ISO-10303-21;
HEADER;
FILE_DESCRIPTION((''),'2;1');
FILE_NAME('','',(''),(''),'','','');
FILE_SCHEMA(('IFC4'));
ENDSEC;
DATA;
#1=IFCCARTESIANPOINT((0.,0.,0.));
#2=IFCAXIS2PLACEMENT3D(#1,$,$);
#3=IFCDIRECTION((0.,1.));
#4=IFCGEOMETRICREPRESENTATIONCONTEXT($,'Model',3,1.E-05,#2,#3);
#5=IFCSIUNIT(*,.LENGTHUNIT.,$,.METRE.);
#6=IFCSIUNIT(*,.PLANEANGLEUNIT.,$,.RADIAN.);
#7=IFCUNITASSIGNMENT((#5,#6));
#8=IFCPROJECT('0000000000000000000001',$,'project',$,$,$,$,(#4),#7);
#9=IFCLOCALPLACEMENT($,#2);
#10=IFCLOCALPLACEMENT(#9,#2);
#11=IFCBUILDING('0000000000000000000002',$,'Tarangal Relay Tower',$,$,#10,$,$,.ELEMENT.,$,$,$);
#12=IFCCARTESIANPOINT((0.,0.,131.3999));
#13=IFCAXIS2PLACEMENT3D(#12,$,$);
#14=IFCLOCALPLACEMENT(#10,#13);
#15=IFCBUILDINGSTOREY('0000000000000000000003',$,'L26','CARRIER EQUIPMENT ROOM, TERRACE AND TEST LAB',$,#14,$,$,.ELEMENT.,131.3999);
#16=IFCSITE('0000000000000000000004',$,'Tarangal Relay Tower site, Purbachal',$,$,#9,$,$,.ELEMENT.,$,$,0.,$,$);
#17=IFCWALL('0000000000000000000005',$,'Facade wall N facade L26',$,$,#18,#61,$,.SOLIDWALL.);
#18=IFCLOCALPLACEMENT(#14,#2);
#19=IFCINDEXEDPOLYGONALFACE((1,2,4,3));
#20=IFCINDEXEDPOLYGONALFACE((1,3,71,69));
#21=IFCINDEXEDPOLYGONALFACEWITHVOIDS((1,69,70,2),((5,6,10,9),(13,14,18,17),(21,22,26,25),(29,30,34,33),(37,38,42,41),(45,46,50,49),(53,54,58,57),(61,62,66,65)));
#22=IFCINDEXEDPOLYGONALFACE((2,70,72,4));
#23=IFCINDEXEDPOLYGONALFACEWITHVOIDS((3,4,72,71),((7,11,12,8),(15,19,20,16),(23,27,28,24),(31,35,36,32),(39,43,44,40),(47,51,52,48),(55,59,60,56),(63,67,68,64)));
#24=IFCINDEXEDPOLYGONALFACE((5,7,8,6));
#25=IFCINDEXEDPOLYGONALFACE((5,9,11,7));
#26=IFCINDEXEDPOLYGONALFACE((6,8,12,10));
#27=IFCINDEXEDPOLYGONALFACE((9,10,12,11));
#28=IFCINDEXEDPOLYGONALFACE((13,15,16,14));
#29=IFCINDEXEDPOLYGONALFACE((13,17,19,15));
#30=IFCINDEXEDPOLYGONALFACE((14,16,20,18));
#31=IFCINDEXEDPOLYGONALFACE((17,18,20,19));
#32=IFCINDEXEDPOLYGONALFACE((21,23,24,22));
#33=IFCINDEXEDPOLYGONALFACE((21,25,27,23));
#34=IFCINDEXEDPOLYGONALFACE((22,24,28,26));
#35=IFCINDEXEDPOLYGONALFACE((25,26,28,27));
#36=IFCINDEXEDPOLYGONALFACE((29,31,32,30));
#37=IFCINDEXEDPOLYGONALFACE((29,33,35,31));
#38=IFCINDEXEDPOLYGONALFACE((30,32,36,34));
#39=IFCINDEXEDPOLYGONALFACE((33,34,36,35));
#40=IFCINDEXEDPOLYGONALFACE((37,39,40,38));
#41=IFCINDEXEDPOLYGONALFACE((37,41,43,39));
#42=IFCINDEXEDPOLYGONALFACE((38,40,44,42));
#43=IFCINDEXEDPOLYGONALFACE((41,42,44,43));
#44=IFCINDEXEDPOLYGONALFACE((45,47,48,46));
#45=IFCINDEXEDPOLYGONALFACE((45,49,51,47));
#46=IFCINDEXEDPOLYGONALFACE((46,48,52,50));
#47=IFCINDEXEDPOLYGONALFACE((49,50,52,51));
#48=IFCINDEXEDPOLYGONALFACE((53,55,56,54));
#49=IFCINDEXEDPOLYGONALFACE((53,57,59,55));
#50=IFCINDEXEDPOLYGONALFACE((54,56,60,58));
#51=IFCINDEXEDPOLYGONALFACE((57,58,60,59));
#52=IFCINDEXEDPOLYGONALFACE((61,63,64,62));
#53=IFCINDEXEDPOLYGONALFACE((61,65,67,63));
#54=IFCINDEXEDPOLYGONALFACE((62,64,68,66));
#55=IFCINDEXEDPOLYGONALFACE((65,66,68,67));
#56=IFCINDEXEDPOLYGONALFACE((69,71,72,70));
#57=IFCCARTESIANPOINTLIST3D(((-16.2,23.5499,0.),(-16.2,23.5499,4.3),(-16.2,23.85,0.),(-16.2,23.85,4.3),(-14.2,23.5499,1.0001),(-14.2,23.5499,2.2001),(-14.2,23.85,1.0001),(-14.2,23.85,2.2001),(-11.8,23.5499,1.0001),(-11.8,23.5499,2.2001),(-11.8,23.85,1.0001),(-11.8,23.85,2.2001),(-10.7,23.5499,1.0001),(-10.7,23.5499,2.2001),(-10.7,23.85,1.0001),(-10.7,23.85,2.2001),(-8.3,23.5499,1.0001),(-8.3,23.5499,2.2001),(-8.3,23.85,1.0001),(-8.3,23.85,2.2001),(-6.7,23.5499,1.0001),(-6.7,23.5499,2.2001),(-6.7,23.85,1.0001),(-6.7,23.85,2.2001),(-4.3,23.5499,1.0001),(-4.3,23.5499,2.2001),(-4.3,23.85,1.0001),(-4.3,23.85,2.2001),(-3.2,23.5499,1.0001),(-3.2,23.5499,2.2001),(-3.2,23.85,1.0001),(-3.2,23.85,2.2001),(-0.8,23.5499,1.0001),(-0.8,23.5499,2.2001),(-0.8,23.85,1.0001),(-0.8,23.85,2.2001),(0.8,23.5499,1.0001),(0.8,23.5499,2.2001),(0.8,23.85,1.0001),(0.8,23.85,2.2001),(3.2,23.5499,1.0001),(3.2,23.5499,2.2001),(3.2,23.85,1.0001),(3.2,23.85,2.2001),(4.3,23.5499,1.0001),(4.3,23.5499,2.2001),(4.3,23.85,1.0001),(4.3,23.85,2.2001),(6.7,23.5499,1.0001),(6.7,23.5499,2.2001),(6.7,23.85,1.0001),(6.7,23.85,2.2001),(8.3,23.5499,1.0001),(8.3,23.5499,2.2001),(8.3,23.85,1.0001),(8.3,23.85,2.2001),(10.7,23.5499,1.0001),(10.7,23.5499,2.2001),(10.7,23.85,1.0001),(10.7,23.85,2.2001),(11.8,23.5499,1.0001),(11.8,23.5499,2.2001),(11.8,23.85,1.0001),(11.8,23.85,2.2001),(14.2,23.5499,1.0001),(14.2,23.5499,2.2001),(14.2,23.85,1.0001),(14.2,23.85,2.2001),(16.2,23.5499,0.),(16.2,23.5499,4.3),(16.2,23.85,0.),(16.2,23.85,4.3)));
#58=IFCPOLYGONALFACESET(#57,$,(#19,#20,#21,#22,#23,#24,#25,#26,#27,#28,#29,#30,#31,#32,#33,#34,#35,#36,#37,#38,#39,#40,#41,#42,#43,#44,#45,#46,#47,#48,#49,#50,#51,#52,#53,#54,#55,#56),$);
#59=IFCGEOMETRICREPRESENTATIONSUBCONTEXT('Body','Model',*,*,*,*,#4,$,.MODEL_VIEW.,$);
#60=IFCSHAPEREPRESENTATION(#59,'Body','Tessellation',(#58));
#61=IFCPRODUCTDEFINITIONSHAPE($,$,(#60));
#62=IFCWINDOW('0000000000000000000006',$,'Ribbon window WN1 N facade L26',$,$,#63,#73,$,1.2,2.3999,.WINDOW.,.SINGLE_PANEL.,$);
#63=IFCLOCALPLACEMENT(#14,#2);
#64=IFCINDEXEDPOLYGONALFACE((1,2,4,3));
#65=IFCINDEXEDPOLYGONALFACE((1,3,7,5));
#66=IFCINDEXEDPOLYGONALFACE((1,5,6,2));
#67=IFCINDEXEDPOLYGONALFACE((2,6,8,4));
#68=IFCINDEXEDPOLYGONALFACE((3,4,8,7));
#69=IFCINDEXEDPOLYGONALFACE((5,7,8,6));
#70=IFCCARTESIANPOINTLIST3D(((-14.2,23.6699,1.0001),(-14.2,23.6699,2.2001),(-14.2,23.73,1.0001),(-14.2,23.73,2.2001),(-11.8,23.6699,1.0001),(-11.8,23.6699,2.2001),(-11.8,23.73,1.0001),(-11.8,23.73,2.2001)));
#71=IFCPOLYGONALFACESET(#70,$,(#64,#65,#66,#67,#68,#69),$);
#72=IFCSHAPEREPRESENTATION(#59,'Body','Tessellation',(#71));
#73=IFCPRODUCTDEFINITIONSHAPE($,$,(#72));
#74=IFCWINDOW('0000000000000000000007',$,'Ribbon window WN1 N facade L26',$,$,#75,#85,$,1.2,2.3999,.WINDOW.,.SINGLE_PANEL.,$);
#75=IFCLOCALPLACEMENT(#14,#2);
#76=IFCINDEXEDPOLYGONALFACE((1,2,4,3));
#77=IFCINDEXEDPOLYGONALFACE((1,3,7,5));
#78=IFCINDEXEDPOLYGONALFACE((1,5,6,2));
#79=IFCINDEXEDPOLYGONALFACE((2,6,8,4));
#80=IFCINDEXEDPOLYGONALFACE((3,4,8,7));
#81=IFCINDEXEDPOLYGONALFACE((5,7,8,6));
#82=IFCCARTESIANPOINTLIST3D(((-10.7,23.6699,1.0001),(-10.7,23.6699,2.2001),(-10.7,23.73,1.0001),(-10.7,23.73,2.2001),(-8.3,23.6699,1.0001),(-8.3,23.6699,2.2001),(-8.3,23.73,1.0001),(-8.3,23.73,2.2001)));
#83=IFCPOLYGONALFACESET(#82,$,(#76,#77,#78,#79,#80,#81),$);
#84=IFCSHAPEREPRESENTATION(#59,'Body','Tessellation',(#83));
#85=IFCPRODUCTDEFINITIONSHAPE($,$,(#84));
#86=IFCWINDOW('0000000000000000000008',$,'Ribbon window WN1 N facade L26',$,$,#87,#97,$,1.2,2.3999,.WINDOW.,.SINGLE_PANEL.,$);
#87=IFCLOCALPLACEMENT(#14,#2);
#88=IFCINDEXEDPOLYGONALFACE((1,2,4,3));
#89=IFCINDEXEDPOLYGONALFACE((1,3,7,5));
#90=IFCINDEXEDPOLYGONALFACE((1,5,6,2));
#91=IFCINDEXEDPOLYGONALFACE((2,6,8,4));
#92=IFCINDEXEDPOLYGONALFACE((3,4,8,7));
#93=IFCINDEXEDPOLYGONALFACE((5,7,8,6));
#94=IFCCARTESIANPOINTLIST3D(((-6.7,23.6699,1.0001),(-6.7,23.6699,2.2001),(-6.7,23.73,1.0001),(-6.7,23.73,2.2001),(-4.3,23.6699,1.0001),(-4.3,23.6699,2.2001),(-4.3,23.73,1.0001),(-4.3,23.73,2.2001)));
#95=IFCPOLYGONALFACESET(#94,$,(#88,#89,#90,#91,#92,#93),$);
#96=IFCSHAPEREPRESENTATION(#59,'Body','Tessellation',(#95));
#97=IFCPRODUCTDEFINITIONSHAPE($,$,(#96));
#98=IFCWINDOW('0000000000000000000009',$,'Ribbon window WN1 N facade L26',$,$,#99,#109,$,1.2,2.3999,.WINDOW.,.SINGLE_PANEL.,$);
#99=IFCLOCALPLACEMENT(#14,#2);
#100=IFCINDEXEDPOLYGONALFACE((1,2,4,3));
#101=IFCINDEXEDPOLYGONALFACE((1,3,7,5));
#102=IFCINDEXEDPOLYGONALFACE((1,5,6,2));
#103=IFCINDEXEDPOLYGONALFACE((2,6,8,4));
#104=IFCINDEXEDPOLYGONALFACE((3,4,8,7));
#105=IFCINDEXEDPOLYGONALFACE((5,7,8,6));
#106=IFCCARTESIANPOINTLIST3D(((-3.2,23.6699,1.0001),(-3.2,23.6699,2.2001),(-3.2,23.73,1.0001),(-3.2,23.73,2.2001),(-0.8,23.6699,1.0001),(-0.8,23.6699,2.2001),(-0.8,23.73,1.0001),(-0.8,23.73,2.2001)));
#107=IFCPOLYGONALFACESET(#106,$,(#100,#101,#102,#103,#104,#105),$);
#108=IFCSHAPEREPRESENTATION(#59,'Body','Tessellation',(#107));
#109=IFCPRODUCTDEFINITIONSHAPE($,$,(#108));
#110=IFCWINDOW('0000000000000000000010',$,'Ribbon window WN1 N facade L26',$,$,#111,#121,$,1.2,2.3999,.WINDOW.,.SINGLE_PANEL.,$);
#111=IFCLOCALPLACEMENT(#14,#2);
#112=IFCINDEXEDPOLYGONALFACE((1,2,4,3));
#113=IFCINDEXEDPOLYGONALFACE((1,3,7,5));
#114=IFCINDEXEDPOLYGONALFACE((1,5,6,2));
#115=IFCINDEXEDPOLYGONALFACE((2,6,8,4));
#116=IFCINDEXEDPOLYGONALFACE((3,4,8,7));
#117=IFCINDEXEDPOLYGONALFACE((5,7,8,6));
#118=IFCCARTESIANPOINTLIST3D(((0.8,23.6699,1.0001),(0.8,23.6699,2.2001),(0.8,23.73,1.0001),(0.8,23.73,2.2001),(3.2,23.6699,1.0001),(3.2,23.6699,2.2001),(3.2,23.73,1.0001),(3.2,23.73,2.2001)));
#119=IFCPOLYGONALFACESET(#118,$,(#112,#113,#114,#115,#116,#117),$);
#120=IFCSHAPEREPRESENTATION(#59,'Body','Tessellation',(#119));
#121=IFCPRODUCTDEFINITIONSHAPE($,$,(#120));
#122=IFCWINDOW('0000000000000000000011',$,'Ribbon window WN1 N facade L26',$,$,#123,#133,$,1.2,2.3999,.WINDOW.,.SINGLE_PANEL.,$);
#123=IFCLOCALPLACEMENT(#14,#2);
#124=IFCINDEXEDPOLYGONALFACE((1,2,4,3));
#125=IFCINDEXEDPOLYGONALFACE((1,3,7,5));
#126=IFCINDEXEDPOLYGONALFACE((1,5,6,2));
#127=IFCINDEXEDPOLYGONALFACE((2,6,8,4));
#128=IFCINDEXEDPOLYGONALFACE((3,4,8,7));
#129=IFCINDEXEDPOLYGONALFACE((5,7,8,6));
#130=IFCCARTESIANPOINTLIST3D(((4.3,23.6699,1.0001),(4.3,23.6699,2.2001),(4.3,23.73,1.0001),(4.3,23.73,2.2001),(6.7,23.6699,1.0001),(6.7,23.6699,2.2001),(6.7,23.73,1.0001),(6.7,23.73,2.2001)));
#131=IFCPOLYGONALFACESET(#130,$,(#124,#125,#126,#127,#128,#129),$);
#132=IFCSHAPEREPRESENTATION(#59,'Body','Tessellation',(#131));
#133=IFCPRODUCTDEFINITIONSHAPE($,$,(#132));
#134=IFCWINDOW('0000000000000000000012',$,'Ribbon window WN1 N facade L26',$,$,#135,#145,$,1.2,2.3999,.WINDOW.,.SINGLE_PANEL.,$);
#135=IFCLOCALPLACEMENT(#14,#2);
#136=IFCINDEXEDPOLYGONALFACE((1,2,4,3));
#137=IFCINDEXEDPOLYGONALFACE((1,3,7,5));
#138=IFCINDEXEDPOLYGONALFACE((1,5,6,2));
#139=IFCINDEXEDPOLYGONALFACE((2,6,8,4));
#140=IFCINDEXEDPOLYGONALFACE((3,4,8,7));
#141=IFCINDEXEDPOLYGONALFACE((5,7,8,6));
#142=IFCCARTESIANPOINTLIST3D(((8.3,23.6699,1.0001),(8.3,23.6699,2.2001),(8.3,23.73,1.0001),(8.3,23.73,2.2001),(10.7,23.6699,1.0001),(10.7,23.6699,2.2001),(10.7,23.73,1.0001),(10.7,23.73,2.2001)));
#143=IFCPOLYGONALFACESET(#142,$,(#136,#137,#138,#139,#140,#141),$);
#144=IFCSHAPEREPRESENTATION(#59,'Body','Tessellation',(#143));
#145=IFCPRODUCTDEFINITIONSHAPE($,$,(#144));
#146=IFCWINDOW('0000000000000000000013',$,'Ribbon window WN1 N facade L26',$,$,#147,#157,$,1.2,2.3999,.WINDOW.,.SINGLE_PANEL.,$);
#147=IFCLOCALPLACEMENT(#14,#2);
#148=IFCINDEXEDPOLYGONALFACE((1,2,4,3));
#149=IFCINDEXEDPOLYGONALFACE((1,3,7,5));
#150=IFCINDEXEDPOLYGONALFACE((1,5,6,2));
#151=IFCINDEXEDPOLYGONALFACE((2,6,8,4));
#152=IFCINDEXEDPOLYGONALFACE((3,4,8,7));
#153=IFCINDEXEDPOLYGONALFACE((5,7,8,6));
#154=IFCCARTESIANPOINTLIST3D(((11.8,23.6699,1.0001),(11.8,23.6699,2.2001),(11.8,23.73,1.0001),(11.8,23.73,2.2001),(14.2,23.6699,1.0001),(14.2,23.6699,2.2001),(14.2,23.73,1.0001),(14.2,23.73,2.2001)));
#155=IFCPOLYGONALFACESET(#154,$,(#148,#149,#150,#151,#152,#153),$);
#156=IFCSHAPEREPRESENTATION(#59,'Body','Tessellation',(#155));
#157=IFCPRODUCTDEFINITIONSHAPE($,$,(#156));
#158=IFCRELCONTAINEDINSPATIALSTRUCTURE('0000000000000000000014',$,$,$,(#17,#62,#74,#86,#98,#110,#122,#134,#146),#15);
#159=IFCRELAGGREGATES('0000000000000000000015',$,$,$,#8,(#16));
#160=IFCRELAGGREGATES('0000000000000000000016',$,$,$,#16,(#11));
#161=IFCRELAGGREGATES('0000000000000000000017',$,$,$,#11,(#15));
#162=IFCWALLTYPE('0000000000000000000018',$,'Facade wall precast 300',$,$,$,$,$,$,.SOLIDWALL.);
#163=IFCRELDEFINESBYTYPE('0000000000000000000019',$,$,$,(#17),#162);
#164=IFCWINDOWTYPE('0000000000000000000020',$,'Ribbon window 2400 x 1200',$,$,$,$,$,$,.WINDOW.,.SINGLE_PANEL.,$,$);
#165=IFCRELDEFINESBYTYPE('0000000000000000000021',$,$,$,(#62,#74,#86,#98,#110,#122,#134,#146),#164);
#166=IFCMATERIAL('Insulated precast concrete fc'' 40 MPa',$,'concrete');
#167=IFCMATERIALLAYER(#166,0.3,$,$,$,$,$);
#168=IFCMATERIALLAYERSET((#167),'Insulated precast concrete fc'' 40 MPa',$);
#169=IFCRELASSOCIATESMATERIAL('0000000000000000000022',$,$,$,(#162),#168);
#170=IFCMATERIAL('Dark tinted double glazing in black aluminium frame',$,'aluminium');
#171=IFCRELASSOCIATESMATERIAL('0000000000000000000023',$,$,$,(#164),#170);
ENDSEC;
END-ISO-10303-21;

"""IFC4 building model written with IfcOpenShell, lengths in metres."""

from ifc_helpers import new_model, si_unit, direction, frame, frame_2d, origin, place, context, subcontext, project, spatial, rectangle, extrude, material, layer, layer_set, type_object, element, fill, save


model = new_model("IFC4")

# Units and contexts
model_context = context("Model", 3, precision=1e-05, world=origin(), true_north=direction((0.0, 1.0)))
body_context = subcontext(model_context, "Body", "Model", "MODEL_VIEW")
ifc_project = project(units=[si_unit("LENGTHUNIT", "METRE"), si_unit("PLANEANGLEUNIT", "RADIAN")], contexts=[model_context])

# Site, building, storey
site_placement = place(None, origin())
site = spatial("IfcSite", under=ifc_project, at=site_placement, Name="Tarangal Relay Tower site, Purbachal", CompositionType="ELEMENT", RefElevation=0.0)
building_placement = place(site_placement, origin())
building = spatial("IfcBuilding", under=site, at=building_placement, Name="Tarangal Relay Tower", CompositionType="ELEMENT")
storey_placement = place(building_placement, frame((0.0, 0.0, 131.3999)))
storey = spatial("IfcBuildingStorey", under=building, at=storey_placement, Name="L26", Description="CARRIER EQUIPMENT ROOM, TERRACE AND TEST LAB", CompositionType="ELEMENT", Elevation=131.3999)

# Wall, openings, windows
ifc_material_1 = material(Name="Insulated precast concrete fc' 40 MPa", Category="concrete")
ifc_layer_1 = layer(ifc_material_1, 0.3)
ifc_layer_set_1 = layer_set([ifc_layer_1], Name="Insulated precast concrete fc' 40 MPa")
wall_type_1 = type_object("IfcWallType", Name="Facade wall precast 300", PredefinedType="SOLIDWALL", material=ifc_layer_set_1)
wall_1_placement = place(storey_placement, frame((-16.2, 23.7, 0.0), z_axis=(0.0, 0.0, 1.0), x_axis=(1.0, 0.0, 0.0)))
wall_1 = element("IfcWall", 1, at=wall_1_placement, inside=storey, type_object=wall_type_1, Name="Facade wall N facade L26", PredefinedType="SOLIDWALL", context=body_context, shape_type="SweptSolid", body=[
    extrude(rectangle(XDim=32.3999, YDim=0.3, at=frame_2d((16.2, 0.0))), origin(), (0.0, 0.0, 1.0), 4.3),
])
opening_1_placement = place(wall_1_placement, frame((2.0, 0.0, 1.0)))
opening_1 = element("IfcOpeningElement", 2, at=opening_1_placement, cuts=wall_1, PredefinedType="OPENING", context=body_context, shape_type="SweptSolid", body=[
    extrude(rectangle(XDim=2.3999, YDim=1.2, at=frame_2d((1.2, 0.6001))), frame((0.0, 0.1599, 0.0), z_axis=(0.0, -1.0, 0.0), x_axis=(1.0, 0.0, 0.0)), (0.0, 0.0, 1.0), 0.3201),
])
opening_2_placement = place(wall_1_placement, frame((5.5, 0.0, 1.0)))
opening_2 = element("IfcOpeningElement", 3, at=opening_2_placement, cuts=wall_1, PredefinedType="OPENING", context=body_context, shape_type="SweptSolid", body=[
    extrude(rectangle(XDim=2.3999, YDim=1.2, at=frame_2d((1.2, 0.6001))), frame((0.0, 0.1599, 0.0), z_axis=(0.0, -1.0, 0.0), x_axis=(1.0, 0.0, 0.0)), (0.0, 0.0, 1.0), 0.3201),
])
opening_3_placement = place(wall_1_placement, frame((9.5, 0.0, 1.0)))
opening_3 = element("IfcOpeningElement", 4, at=opening_3_placement, cuts=wall_1, PredefinedType="OPENING", context=body_context, shape_type="SweptSolid", body=[
    extrude(rectangle(XDim=2.3999, YDim=1.2, at=frame_2d((1.2, 0.6001))), frame((0.0, 0.1599, 0.0), z_axis=(0.0, -1.0, 0.0), x_axis=(1.0, 0.0, 0.0)), (0.0, 0.0, 1.0), 0.3201),
])
opening_4_placement = place(wall_1_placement, frame((13.0, 0.0, 1.0)))
opening_4 = element("IfcOpeningElement", 5, at=opening_4_placement, cuts=wall_1, PredefinedType="OPENING", context=body_context, shape_type="SweptSolid", body=[
    extrude(rectangle(XDim=2.3999, YDim=1.2, at=frame_2d((1.2, 0.6001))), frame((0.0, 0.1599, 0.0), z_axis=(0.0, -1.0, 0.0), x_axis=(1.0, 0.0, 0.0)), (0.0, 0.0, 1.0), 0.3201),
])
opening_5_placement = place(wall_1_placement, frame((17.0, 0.0, 1.0)))
opening_5 = element("IfcOpeningElement", 6, at=opening_5_placement, cuts=wall_1, PredefinedType="OPENING", context=body_context, shape_type="SweptSolid", body=[
    extrude(rectangle(XDim=2.3999, YDim=1.2, at=frame_2d((1.2, 0.6001))), frame((0.0, 0.1599, 0.0), z_axis=(0.0, -1.0, 0.0), x_axis=(1.0, 0.0, 0.0)), (0.0, 0.0, 1.0), 0.3201),
])
opening_6_placement = place(wall_1_placement, frame((20.5, 0.0, 1.0)))
opening_6 = element("IfcOpeningElement", 7, at=opening_6_placement, cuts=wall_1, PredefinedType="OPENING", context=body_context, shape_type="SweptSolid", body=[
    extrude(rectangle(XDim=2.3999, YDim=1.2, at=frame_2d((1.2, 0.6001))), frame((0.0, 0.1599, 0.0), z_axis=(0.0, -1.0, 0.0), x_axis=(1.0, 0.0, 0.0)), (0.0, 0.0, 1.0), 0.3201),
])
opening_7_placement = place(wall_1_placement, frame((24.5, 0.0, 1.0)))
opening_7 = element("IfcOpeningElement", 8, at=opening_7_placement, cuts=wall_1, PredefinedType="OPENING", context=body_context, shape_type="SweptSolid", body=[
    extrude(rectangle(XDim=2.3999, YDim=1.2, at=frame_2d((1.2, 0.6001))), frame((0.0, 0.1599, 0.0), z_axis=(0.0, -1.0, 0.0), x_axis=(1.0, 0.0, 0.0)), (0.0, 0.0, 1.0), 0.3201),
])
opening_8_placement = place(wall_1_placement, frame((28.0, 0.0, 1.0)))
opening_8 = element("IfcOpeningElement", 9, at=opening_8_placement, cuts=wall_1, PredefinedType="OPENING", context=body_context, shape_type="SweptSolid", body=[
    extrude(rectangle(XDim=2.3999, YDim=1.2, at=frame_2d((1.2, 0.6001))), frame((0.0, 0.1599, 0.0), z_axis=(0.0, -1.0, 0.0), x_axis=(1.0, 0.0, 0.0)), (0.0, 0.0, 1.0), 0.3201),
])
ifc_material_2 = material(Name="Dark tinted double glazing in black aluminium frame", Category="aluminium")
window_type = type_object("IfcWindowType", Name="Ribbon window 2400 x 1200", PartitioningType="SINGLE_PANEL", PredefinedType="WINDOW", material=ifc_material_2)
window_1_placement = place(opening_1_placement, origin())
window_1 = element("IfcWindow", 10, at=window_1_placement, inside=storey, type_object=window_type, Name="Ribbon window WN1 N facade L26", OverallHeight=1.2, OverallWidth=2.3999, PartitioningType="SINGLE_PANEL", PredefinedType="WINDOW", context=body_context, shape_type="SweptSolid", body=[
    extrude(rectangle(XDim=2.3999, YDim=1.2, at=frame_2d((1.2, 0.6001))), frame((0.0, 0.03, 0.0), z_axis=(0.0, -1.0, 0.0), x_axis=(1.0, 0.0, 0.0)), (0.0, 0.0, 1.0), 0.0601),
])
fill(opening_1, window_1)
window_2_placement = place(opening_2_placement, origin())
window_2 = element("IfcWindow", 11, at=window_2_placement, inside=storey, type_object=window_type, Name="Ribbon window WN1 N facade L26", OverallHeight=1.2, OverallWidth=2.3999, PartitioningType="SINGLE_PANEL", PredefinedType="WINDOW", context=body_context, shape_type="SweptSolid", body=[
    extrude(rectangle(XDim=2.3999, YDim=1.2, at=frame_2d((1.2, 0.6001))), frame((0.0, 0.03, 0.0), z_axis=(0.0, -1.0, 0.0), x_axis=(1.0, 0.0, 0.0)), (0.0, 0.0, 1.0), 0.0601),
])
fill(opening_2, window_2)
window_3_placement = place(opening_3_placement, origin())
window_3 = element("IfcWindow", 12, at=window_3_placement, inside=storey, type_object=window_type, Name="Ribbon window WN1 N facade L26", OverallHeight=1.2, OverallWidth=2.3999, PartitioningType="SINGLE_PANEL", PredefinedType="WINDOW", context=body_context, shape_type="SweptSolid", body=[
    extrude(rectangle(XDim=2.3999, YDim=1.2, at=frame_2d((1.2, 0.6001))), frame((0.0, 0.03, 0.0), z_axis=(0.0, -1.0, 0.0), x_axis=(1.0, 0.0, 0.0)), (0.0, 0.0, 1.0), 0.0601),
])
fill(opening_3, window_3)
window_4_placement = place(opening_4_placement, origin())
window_4 = element("IfcWindow", 13, at=window_4_placement, inside=storey, type_object=window_type, Name="Ribbon window WN1 N facade L26", OverallHeight=1.2, OverallWidth=2.3999, PartitioningType="SINGLE_PANEL", PredefinedType="WINDOW", context=body_context, shape_type="SweptSolid", body=[
    extrude(rectangle(XDim=2.3999, YDim=1.2, at=frame_2d((1.2, 0.6001))), frame((0.0, 0.03, 0.0), z_axis=(0.0, -1.0, 0.0), x_axis=(1.0, 0.0, 0.0)), (0.0, 0.0, 1.0), 0.0601),
])
fill(opening_4, window_4)
window_5_placement = place(opening_5_placement, origin())
window_5 = element("IfcWindow", 14, at=window_5_placement, inside=storey, type_object=window_type, Name="Ribbon window WN1 N facade L26", OverallHeight=1.2, OverallWidth=2.3999, PartitioningType="SINGLE_PANEL", PredefinedType="WINDOW", context=body_context, shape_type="SweptSolid", body=[
    extrude(rectangle(XDim=2.3999, YDim=1.2, at=frame_2d((1.2, 0.6001))), frame((0.0, 0.03, 0.0), z_axis=(0.0, -1.0, 0.0), x_axis=(1.0, 0.0, 0.0)), (0.0, 0.0, 1.0), 0.0601),
])
fill(opening_5, window_5)
window_6_placement = place(opening_6_placement, origin())
window_6 = element("IfcWindow", 15, at=window_6_placement, inside=storey, type_object=window_type, Name="Ribbon window WN1 N facade L26", OverallHeight=1.2, OverallWidth=2.3999, PartitioningType="SINGLE_PANEL", PredefinedType="WINDOW", context=body_context, shape_type="SweptSolid", body=[
    extrude(rectangle(XDim=2.3999, YDim=1.2, at=frame_2d((1.2, 0.6001))), frame((0.0, 0.03, 0.0), z_axis=(0.0, -1.0, 0.0), x_axis=(1.0, 0.0, 0.0)), (0.0, 0.0, 1.0), 0.0601),
])
fill(opening_6, window_6)
window_7_placement = place(opening_7_placement, origin())
window_7 = element("IfcWindow", 16, at=window_7_placement, inside=storey, type_object=window_type, Name="Ribbon window WN1 N facade L26", OverallHeight=1.2, OverallWidth=2.3999, PartitioningType="SINGLE_PANEL", PredefinedType="WINDOW", context=body_context, shape_type="SweptSolid", body=[
    extrude(rectangle(XDim=2.3999, YDim=1.2, at=frame_2d((1.2, 0.6001))), frame((0.0, 0.03, 0.0), z_axis=(0.0, -1.0, 0.0), x_axis=(1.0, 0.0, 0.0)), (0.0, 0.0, 1.0), 0.0601),
])
fill(opening_7, window_7)
window_8_placement = place(opening_8_placement, origin())
window_8 = element("IfcWindow", 17, at=window_8_placement, inside=storey, type_object=window_type, Name="Ribbon window WN1 N facade L26", OverallHeight=1.2, OverallWidth=2.3999, PartitioningType="SINGLE_PANEL", PredefinedType="WINDOW", context=body_context, shape_type="SweptSolid", body=[
    extrude(rectangle(XDim=2.3999, YDim=1.2, at=frame_2d((1.2, 0.6001))), frame((0.0, 0.03, 0.0), z_axis=(0.0, -1.0, 0.0), x_axis=(1.0, 0.0, 0.0)), (0.0, 0.0, 1.0), 0.0601),
])
fill(opening_8, window_8)

save(model, "model.ifc")
